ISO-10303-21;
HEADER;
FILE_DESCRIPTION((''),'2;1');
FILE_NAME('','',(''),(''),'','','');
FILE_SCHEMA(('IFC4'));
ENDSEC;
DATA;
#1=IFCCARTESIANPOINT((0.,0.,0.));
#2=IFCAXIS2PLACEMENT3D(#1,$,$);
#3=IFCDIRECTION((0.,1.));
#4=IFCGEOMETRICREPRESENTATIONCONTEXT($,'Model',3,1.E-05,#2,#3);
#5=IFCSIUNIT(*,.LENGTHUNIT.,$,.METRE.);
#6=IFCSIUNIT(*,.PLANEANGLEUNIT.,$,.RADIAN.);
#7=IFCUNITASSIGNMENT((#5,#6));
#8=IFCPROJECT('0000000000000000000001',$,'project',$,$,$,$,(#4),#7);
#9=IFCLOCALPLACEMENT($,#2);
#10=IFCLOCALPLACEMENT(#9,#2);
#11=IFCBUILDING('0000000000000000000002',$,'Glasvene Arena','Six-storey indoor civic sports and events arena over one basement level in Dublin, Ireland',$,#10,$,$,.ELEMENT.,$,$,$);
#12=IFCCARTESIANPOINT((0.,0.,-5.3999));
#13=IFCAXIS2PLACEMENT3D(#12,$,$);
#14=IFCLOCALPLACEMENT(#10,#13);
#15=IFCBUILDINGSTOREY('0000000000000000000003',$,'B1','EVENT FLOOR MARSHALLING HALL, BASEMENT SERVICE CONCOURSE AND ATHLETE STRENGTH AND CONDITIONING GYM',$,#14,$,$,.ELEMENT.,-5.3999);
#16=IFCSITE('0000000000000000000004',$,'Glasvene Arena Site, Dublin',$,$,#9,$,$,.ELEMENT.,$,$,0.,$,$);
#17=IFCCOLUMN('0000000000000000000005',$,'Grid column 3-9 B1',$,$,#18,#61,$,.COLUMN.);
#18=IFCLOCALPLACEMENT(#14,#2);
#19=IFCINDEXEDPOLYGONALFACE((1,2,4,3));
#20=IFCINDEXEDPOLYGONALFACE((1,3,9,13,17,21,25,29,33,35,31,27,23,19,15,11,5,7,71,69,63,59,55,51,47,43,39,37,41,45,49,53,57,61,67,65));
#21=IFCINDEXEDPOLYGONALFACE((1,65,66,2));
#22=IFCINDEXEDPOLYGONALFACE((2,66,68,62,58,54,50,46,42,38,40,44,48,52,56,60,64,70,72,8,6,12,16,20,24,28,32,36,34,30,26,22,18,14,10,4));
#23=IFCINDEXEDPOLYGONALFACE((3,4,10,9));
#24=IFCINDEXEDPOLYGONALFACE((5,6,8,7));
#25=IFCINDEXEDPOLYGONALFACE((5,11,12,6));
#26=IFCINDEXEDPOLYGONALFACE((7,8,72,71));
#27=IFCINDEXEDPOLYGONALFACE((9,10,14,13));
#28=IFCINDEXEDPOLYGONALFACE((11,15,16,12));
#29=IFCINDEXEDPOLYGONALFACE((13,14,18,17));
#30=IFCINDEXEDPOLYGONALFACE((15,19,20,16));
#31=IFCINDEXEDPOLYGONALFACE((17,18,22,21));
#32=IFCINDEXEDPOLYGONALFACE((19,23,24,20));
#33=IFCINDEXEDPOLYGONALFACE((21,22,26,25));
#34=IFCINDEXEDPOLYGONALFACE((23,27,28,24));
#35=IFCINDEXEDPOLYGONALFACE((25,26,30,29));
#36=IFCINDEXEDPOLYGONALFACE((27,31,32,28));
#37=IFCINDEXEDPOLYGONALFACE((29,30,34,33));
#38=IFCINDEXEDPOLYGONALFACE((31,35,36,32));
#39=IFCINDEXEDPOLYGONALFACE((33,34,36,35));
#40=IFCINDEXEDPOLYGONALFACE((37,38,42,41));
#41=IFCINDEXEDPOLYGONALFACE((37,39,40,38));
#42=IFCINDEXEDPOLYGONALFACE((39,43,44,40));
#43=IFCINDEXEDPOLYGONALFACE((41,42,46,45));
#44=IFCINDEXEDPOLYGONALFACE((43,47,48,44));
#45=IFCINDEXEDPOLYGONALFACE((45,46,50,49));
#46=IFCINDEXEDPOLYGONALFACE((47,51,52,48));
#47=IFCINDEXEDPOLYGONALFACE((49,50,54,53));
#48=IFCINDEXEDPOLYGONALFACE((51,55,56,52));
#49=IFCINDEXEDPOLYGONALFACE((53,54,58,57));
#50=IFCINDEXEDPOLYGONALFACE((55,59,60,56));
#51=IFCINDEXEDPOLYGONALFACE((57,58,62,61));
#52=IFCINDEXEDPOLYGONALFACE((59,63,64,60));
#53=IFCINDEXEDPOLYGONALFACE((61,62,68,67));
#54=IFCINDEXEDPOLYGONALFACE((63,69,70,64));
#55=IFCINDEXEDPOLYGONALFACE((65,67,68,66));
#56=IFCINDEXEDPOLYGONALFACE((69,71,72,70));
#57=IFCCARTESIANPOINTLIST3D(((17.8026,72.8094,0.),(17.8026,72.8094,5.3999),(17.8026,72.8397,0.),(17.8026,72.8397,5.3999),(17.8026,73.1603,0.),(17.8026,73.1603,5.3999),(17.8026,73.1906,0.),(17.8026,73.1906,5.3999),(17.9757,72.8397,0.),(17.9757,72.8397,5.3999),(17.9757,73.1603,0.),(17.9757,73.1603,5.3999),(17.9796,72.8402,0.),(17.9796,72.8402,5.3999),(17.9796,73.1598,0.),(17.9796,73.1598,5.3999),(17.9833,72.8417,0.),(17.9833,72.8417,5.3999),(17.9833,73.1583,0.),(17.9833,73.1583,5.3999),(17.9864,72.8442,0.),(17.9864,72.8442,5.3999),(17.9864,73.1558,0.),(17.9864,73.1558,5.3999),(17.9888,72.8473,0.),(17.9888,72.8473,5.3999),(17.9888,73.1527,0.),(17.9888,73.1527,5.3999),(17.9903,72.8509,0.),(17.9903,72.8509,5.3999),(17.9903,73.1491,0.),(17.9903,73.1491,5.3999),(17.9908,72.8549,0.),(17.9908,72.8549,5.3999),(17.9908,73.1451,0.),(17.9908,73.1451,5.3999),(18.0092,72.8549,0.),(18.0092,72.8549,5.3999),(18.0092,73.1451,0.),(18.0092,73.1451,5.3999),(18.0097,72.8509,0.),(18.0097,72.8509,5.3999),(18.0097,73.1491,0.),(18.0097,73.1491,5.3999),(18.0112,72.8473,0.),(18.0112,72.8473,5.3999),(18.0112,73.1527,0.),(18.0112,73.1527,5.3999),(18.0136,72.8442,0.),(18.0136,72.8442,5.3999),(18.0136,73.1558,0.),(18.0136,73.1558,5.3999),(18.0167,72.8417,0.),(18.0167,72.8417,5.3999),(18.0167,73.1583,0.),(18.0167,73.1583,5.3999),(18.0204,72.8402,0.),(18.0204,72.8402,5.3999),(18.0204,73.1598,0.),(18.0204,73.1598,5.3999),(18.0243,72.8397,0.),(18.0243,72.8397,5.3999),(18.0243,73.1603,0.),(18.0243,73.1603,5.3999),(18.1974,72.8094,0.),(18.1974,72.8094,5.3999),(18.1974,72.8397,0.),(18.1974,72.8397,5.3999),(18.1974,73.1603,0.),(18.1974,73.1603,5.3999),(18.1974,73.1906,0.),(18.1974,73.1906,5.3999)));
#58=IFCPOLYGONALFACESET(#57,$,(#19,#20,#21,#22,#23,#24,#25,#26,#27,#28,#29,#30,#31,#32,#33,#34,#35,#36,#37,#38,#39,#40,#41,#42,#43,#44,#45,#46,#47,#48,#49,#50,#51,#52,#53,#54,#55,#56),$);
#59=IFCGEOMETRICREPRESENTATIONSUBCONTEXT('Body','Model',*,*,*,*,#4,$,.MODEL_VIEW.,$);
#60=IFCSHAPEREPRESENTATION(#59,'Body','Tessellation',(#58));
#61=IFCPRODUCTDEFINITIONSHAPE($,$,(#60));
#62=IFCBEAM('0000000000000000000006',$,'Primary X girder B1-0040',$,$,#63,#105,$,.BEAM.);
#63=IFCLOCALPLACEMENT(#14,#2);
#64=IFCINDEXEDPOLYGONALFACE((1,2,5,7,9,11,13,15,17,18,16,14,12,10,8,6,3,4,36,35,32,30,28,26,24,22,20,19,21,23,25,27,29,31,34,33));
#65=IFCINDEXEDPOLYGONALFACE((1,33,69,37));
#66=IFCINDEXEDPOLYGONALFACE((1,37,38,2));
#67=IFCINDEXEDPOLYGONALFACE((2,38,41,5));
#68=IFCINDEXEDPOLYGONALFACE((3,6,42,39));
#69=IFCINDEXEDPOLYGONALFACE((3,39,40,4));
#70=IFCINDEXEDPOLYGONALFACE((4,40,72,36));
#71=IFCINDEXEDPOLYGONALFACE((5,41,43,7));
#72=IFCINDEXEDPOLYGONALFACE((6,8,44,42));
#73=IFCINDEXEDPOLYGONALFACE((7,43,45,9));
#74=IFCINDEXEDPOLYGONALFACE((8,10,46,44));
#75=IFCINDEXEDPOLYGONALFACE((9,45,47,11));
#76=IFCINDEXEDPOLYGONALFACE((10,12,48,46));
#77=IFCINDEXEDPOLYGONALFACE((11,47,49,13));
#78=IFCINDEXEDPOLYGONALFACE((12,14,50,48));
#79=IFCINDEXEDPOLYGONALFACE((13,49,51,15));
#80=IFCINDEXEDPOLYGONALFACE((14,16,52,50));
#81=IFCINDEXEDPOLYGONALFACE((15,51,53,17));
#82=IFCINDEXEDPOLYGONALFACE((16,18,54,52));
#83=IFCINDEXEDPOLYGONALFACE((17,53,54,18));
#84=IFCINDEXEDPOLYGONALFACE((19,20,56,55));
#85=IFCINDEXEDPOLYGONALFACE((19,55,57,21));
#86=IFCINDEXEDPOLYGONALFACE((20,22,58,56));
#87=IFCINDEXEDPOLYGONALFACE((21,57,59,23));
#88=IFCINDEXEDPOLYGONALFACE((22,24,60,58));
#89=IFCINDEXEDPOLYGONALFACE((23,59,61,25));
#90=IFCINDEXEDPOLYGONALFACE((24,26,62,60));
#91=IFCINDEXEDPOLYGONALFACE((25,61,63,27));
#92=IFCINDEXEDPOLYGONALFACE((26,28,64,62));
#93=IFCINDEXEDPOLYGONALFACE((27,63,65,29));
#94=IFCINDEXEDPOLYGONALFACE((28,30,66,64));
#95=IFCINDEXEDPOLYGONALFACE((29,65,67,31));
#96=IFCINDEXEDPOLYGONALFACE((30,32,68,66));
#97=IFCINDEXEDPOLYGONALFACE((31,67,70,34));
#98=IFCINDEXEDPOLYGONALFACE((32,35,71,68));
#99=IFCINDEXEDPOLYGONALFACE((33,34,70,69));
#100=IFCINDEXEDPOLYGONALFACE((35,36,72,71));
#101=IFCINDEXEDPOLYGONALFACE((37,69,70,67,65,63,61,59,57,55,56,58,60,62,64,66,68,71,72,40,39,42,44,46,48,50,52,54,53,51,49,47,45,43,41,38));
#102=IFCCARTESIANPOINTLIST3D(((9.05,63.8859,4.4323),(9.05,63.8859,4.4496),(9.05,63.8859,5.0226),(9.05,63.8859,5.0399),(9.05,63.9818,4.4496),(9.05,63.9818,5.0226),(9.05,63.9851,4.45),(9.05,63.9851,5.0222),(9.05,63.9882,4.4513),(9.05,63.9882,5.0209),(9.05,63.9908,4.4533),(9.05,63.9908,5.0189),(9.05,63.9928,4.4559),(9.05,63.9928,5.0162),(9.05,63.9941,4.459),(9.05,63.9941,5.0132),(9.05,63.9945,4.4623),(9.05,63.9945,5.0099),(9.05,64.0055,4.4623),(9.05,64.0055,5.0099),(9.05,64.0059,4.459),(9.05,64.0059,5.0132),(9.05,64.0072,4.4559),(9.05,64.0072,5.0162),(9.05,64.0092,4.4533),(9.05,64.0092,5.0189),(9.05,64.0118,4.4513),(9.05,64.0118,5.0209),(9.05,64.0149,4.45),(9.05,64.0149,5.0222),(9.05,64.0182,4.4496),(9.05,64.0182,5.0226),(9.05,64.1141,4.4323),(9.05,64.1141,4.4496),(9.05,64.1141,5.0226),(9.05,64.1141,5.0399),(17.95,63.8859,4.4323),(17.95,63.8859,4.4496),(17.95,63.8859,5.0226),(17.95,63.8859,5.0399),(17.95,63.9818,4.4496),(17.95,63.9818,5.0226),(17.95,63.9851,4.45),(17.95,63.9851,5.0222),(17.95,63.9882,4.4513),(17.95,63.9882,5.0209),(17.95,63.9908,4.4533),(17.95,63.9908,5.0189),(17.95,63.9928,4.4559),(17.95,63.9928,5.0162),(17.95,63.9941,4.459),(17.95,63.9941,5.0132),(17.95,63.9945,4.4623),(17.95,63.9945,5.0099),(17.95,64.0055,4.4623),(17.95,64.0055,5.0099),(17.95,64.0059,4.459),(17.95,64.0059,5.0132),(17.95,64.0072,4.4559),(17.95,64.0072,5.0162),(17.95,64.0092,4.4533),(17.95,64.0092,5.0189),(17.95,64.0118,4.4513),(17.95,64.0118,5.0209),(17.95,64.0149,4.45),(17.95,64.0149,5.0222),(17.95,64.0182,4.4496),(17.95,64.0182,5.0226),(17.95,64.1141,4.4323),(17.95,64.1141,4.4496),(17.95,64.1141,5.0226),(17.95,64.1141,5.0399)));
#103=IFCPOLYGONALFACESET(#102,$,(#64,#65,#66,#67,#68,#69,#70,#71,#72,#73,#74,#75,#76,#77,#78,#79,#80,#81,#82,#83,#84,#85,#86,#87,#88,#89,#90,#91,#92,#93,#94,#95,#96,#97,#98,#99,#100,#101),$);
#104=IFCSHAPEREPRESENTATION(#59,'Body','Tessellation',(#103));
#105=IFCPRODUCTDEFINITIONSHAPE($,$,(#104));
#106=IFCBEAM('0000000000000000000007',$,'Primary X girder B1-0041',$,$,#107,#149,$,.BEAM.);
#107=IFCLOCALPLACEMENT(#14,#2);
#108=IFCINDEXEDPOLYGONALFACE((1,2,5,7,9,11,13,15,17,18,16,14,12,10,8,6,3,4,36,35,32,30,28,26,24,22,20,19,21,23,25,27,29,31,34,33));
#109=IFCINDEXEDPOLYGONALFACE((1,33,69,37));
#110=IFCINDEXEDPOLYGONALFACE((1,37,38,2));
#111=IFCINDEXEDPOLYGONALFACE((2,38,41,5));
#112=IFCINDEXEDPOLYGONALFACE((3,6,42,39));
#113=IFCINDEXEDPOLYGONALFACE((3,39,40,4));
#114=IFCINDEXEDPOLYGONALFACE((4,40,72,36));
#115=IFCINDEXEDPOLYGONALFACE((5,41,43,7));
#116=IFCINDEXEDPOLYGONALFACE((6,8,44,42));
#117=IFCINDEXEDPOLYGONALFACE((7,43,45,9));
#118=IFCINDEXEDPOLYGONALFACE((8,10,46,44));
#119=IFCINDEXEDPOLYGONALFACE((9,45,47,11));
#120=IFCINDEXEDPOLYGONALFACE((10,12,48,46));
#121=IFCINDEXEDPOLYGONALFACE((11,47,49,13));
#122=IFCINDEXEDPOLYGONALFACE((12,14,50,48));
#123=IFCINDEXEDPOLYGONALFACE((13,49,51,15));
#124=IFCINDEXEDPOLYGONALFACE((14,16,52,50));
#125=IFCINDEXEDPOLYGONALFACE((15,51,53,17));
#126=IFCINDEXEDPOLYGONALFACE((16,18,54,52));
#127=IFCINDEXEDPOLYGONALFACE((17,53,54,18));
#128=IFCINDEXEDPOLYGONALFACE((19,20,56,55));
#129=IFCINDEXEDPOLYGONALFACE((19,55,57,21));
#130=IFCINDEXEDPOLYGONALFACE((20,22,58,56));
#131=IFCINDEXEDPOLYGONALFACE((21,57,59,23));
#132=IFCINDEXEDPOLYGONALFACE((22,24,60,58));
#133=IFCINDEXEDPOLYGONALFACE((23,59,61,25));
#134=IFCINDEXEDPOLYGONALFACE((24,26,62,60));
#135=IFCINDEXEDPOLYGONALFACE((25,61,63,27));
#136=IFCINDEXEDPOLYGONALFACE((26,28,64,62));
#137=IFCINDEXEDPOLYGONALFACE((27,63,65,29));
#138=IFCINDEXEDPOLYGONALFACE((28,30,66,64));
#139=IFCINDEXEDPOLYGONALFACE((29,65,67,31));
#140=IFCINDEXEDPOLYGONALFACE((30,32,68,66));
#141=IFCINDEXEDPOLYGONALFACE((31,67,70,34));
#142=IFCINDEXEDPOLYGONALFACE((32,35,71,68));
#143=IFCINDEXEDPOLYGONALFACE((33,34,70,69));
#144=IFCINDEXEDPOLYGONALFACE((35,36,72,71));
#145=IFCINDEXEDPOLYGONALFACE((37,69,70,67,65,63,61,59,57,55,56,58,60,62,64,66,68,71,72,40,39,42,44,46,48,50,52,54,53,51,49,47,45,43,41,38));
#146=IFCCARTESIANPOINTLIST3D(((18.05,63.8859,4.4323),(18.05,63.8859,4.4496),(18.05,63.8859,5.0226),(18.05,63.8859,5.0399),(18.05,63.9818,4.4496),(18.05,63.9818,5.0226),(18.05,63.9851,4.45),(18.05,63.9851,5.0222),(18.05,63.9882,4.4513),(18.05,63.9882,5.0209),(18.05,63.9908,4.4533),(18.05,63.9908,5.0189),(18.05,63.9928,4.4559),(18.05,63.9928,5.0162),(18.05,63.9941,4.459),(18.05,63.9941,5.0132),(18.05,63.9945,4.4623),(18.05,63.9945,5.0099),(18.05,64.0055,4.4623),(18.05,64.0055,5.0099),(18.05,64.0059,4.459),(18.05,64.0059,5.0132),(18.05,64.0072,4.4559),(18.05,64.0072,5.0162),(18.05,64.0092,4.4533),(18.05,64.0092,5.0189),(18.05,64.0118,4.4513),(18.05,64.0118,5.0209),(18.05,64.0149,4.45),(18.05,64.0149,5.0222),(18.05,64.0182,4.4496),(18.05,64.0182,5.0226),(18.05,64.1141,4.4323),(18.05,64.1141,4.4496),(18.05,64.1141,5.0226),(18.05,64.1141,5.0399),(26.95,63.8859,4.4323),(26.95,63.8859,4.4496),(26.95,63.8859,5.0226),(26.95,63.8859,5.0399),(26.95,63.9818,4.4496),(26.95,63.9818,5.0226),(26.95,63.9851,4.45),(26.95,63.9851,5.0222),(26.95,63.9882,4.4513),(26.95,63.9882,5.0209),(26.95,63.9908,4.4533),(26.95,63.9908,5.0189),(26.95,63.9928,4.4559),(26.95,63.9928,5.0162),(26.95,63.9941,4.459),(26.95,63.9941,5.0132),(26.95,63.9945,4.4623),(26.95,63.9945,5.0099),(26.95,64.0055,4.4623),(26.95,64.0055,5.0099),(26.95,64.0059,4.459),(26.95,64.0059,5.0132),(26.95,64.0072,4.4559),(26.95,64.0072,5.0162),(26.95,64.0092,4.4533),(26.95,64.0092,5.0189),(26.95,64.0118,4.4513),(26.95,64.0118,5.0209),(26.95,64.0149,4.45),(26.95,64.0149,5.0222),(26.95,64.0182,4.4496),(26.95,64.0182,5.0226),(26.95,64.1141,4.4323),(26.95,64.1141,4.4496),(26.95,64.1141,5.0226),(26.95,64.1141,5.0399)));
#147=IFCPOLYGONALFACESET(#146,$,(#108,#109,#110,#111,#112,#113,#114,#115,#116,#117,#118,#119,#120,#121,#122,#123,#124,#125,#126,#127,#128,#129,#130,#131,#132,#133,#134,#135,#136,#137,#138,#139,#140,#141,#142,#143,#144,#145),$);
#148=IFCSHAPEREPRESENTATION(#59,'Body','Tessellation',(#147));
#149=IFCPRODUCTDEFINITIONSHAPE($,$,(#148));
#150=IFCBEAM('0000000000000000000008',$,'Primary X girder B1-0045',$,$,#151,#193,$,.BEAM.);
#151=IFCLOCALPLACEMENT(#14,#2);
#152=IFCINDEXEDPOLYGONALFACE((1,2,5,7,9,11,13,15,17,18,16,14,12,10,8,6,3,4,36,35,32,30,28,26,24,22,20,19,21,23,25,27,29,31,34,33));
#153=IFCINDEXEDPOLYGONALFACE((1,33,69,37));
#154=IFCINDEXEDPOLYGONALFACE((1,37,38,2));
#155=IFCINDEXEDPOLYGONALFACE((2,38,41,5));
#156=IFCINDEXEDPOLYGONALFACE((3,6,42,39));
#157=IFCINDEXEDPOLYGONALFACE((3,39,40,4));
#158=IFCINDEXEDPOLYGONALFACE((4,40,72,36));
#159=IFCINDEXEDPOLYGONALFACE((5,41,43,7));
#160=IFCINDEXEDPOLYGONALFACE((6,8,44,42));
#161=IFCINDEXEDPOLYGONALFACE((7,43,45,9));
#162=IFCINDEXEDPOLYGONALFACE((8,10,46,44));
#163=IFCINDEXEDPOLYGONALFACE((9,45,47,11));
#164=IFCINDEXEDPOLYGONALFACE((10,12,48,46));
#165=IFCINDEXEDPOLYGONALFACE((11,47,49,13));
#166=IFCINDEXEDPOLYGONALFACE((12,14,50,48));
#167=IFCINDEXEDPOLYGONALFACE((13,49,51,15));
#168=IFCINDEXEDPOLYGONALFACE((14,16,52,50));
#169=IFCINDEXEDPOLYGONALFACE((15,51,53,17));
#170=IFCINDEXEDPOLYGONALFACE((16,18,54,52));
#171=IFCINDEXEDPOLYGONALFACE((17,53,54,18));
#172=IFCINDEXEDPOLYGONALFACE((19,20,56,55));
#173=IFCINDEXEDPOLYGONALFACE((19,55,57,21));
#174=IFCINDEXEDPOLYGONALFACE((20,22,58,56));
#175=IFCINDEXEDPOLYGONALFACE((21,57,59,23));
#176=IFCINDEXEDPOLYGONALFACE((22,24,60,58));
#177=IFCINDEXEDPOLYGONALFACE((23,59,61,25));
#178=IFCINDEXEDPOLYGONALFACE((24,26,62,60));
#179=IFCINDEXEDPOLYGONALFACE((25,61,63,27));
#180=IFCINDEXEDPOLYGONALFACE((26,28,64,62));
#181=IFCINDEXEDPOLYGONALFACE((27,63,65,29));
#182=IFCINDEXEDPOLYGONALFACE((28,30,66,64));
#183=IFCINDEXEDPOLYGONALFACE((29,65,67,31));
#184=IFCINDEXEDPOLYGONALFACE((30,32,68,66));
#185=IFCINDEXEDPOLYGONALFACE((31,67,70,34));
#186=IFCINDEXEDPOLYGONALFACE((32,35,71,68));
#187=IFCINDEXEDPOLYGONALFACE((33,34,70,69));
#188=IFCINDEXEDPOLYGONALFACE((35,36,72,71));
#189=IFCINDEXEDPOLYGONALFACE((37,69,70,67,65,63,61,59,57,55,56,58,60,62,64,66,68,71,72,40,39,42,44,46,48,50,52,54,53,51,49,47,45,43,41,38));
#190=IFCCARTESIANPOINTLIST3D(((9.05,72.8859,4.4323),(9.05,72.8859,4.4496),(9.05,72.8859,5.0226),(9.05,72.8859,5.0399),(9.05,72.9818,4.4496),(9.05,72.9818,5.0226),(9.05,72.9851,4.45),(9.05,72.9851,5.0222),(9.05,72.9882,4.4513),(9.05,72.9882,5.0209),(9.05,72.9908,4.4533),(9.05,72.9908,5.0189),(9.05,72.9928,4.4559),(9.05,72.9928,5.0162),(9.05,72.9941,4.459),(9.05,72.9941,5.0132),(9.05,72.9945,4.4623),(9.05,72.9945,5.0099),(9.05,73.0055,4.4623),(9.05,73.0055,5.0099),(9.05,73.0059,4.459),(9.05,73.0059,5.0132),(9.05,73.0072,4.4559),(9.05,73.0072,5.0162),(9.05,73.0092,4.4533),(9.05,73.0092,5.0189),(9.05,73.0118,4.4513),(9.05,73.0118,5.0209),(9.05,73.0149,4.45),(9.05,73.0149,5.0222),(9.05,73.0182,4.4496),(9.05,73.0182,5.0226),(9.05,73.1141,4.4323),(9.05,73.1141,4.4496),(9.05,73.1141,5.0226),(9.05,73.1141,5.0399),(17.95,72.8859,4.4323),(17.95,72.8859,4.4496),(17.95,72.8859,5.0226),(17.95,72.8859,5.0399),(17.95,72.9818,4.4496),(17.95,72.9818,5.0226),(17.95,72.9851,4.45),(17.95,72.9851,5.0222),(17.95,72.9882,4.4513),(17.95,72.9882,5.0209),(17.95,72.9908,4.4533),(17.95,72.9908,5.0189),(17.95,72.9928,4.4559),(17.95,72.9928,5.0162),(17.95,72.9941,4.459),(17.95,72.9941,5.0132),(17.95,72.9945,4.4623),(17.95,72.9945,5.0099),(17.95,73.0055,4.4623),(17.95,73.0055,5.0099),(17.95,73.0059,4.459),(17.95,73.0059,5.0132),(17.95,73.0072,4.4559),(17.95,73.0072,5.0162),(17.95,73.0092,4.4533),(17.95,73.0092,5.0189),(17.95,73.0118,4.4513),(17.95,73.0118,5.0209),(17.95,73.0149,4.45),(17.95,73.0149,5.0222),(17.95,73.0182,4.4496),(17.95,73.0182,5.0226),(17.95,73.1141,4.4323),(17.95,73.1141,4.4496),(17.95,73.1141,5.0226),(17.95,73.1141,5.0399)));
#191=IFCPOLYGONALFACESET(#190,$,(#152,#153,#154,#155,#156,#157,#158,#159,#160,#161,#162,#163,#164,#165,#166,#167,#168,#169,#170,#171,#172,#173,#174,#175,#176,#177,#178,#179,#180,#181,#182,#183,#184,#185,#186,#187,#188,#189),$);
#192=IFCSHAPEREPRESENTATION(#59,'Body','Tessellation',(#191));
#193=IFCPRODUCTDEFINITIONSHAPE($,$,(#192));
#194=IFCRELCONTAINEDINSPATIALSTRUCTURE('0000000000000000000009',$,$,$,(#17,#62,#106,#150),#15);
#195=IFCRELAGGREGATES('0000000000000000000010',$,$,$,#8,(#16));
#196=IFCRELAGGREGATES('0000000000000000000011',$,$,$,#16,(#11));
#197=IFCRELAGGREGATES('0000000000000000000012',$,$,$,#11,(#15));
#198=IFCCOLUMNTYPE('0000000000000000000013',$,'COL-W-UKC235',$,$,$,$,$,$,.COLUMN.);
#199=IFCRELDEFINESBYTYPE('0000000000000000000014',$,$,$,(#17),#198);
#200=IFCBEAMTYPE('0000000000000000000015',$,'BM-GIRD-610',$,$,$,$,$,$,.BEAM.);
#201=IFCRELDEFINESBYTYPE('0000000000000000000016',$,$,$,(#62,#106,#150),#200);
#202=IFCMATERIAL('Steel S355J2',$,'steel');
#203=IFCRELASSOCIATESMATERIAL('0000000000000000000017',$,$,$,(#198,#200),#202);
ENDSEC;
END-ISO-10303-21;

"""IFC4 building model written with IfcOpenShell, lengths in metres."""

from ifc_helpers import new_model, si_unit, direction, frame, origin, origin_2d, place, context, subcontext, project, spatial, i_section, extrude, material, material_profile, profile_set, type_object, element, save


model = new_model("IFC4")

# Units and contexts
model_context = context("Model", 3, precision=1e-05, world=origin(), true_north=direction((0.0, 1.0)))
body_context = subcontext(model_context, "Body", "Model", "MODEL_VIEW")
ifc_project = project(units=[si_unit("LENGTHUNIT", "METRE"), si_unit("PLANEANGLEUNIT", "RADIAN")], contexts=[model_context])

# Site, building, storey
site_placement = place(None, origin())
site = spatial("IfcSite", under=ifc_project, at=site_placement, Name="Glasvene Arena Site, Dublin", CompositionType="ELEMENT", RefElevation=0.0)
building_placement = place(site_placement, origin())
building = spatial("IfcBuilding", under=site, at=building_placement, Name="Glasvene Arena", Description="Six-storey indoor civic sports and events arena over one basement level in Dublin, Ireland", CompositionType="ELEMENT")
storey_placement = place(building_placement, frame((0.0, 0.0, -5.3999)))
storey = spatial("IfcBuildingStorey", under=building, at=storey_placement, Name="B1", Description="EVENT FLOOR MARSHALLING HALL, BASEMENT SERVICE CONCOURSE AND ATHLETE STRENGTH AND CONDITIONING GYM", CompositionType="ELEMENT", Elevation=-5.3999)

# Column
ifc_material_1 = material(Name="Steel S355J2", Category="steel")
ifc_material_profile_1 = material_profile(ifc_material_1, i_section(OverallWidth=0.3948, OverallDepth=0.3811, WebThickness=0.0183, FlangeThickness=0.0303, FilletRadius=0.0151, at=origin_2d()), Name="UKC 356x406x235")
ifc_profile_set_1 = profile_set([ifc_material_profile_1], Name="Steel S355J2")
column_type = type_object("IfcColumnType", Name="COL-W-UKC235", PredefinedType="COLUMN", material=ifc_profile_set_1)
for number, where, z_axis, x_axis, name in (
    (1, (18.0, 73.0, 0.0), (0.0, 0.0, 1.0), (1.0, 0.0, 0.0), "Grid column 3-9 B1"),
):
    element("IfcColumn", number, at=place(storey_placement, frame(where, z_axis=z_axis, x_axis=x_axis)), inside=storey, type_object=column_type, Name=name, PredefinedType="COLUMN", context=body_context, shape_type="SweptSolid", body=[
        extrude(i_section(OverallWidth=0.3948, OverallDepth=0.3811, WebThickness=0.0183, FlangeThickness=0.0303, FilletRadius=0.0151, at=origin_2d()), origin(), (0.0, 0.0, 1.0), 5.3999),
    ])

# Beams
ifc_material_profile_2 = material_profile(ifc_material_1, i_section(OverallWidth=0.2283, OverallDepth=0.6077, WebThickness=0.011, FlangeThickness=0.0173, FilletRadius=0.0127, at=origin_2d()), Name="UKB 610x229x113")
ifc_profile_set_2 = profile_set([ifc_material_profile_2], Name="Steel S355J2")
beam_type_1 = type_object("IfcBeamType", Name="BM-GIRD-610", PredefinedType="BEAM", material=ifc_profile_set_2)
for number, where, z_axis, x_axis, name in (
    (2, (9.05, 64.0, 4.7361), (1.0, 0.0, 0.0), (0.0, 1.0, 0.0), "Primary X girder B1-0040"),
    (3, (18.05, 64.0, 4.7361), (1.0, 0.0, 0.0), (0.0, 1.0, 0.0), "Primary X girder B1-0041"),
    (4, (9.05, 73.0, 4.7361), (1.0, 0.0, 0.0), (0.0, 1.0, 0.0), "Primary X girder B1-0045"),
):
    element("IfcBeam", number, at=place(storey_placement, frame(where, z_axis=z_axis, x_axis=x_axis)), inside=storey, type_object=beam_type_1, Name=name, PredefinedType="BEAM", context=body_context, shape_type="SweptSolid", body=[
        extrude(i_section(OverallWidth=0.2283, OverallDepth=0.6077, WebThickness=0.011, FlangeThickness=0.0173, FilletRadius=0.0127, at=origin_2d()), origin(), (0.0, 0.0, 1.0), 8.8999),
    ])

save(model, "model.ifc")
